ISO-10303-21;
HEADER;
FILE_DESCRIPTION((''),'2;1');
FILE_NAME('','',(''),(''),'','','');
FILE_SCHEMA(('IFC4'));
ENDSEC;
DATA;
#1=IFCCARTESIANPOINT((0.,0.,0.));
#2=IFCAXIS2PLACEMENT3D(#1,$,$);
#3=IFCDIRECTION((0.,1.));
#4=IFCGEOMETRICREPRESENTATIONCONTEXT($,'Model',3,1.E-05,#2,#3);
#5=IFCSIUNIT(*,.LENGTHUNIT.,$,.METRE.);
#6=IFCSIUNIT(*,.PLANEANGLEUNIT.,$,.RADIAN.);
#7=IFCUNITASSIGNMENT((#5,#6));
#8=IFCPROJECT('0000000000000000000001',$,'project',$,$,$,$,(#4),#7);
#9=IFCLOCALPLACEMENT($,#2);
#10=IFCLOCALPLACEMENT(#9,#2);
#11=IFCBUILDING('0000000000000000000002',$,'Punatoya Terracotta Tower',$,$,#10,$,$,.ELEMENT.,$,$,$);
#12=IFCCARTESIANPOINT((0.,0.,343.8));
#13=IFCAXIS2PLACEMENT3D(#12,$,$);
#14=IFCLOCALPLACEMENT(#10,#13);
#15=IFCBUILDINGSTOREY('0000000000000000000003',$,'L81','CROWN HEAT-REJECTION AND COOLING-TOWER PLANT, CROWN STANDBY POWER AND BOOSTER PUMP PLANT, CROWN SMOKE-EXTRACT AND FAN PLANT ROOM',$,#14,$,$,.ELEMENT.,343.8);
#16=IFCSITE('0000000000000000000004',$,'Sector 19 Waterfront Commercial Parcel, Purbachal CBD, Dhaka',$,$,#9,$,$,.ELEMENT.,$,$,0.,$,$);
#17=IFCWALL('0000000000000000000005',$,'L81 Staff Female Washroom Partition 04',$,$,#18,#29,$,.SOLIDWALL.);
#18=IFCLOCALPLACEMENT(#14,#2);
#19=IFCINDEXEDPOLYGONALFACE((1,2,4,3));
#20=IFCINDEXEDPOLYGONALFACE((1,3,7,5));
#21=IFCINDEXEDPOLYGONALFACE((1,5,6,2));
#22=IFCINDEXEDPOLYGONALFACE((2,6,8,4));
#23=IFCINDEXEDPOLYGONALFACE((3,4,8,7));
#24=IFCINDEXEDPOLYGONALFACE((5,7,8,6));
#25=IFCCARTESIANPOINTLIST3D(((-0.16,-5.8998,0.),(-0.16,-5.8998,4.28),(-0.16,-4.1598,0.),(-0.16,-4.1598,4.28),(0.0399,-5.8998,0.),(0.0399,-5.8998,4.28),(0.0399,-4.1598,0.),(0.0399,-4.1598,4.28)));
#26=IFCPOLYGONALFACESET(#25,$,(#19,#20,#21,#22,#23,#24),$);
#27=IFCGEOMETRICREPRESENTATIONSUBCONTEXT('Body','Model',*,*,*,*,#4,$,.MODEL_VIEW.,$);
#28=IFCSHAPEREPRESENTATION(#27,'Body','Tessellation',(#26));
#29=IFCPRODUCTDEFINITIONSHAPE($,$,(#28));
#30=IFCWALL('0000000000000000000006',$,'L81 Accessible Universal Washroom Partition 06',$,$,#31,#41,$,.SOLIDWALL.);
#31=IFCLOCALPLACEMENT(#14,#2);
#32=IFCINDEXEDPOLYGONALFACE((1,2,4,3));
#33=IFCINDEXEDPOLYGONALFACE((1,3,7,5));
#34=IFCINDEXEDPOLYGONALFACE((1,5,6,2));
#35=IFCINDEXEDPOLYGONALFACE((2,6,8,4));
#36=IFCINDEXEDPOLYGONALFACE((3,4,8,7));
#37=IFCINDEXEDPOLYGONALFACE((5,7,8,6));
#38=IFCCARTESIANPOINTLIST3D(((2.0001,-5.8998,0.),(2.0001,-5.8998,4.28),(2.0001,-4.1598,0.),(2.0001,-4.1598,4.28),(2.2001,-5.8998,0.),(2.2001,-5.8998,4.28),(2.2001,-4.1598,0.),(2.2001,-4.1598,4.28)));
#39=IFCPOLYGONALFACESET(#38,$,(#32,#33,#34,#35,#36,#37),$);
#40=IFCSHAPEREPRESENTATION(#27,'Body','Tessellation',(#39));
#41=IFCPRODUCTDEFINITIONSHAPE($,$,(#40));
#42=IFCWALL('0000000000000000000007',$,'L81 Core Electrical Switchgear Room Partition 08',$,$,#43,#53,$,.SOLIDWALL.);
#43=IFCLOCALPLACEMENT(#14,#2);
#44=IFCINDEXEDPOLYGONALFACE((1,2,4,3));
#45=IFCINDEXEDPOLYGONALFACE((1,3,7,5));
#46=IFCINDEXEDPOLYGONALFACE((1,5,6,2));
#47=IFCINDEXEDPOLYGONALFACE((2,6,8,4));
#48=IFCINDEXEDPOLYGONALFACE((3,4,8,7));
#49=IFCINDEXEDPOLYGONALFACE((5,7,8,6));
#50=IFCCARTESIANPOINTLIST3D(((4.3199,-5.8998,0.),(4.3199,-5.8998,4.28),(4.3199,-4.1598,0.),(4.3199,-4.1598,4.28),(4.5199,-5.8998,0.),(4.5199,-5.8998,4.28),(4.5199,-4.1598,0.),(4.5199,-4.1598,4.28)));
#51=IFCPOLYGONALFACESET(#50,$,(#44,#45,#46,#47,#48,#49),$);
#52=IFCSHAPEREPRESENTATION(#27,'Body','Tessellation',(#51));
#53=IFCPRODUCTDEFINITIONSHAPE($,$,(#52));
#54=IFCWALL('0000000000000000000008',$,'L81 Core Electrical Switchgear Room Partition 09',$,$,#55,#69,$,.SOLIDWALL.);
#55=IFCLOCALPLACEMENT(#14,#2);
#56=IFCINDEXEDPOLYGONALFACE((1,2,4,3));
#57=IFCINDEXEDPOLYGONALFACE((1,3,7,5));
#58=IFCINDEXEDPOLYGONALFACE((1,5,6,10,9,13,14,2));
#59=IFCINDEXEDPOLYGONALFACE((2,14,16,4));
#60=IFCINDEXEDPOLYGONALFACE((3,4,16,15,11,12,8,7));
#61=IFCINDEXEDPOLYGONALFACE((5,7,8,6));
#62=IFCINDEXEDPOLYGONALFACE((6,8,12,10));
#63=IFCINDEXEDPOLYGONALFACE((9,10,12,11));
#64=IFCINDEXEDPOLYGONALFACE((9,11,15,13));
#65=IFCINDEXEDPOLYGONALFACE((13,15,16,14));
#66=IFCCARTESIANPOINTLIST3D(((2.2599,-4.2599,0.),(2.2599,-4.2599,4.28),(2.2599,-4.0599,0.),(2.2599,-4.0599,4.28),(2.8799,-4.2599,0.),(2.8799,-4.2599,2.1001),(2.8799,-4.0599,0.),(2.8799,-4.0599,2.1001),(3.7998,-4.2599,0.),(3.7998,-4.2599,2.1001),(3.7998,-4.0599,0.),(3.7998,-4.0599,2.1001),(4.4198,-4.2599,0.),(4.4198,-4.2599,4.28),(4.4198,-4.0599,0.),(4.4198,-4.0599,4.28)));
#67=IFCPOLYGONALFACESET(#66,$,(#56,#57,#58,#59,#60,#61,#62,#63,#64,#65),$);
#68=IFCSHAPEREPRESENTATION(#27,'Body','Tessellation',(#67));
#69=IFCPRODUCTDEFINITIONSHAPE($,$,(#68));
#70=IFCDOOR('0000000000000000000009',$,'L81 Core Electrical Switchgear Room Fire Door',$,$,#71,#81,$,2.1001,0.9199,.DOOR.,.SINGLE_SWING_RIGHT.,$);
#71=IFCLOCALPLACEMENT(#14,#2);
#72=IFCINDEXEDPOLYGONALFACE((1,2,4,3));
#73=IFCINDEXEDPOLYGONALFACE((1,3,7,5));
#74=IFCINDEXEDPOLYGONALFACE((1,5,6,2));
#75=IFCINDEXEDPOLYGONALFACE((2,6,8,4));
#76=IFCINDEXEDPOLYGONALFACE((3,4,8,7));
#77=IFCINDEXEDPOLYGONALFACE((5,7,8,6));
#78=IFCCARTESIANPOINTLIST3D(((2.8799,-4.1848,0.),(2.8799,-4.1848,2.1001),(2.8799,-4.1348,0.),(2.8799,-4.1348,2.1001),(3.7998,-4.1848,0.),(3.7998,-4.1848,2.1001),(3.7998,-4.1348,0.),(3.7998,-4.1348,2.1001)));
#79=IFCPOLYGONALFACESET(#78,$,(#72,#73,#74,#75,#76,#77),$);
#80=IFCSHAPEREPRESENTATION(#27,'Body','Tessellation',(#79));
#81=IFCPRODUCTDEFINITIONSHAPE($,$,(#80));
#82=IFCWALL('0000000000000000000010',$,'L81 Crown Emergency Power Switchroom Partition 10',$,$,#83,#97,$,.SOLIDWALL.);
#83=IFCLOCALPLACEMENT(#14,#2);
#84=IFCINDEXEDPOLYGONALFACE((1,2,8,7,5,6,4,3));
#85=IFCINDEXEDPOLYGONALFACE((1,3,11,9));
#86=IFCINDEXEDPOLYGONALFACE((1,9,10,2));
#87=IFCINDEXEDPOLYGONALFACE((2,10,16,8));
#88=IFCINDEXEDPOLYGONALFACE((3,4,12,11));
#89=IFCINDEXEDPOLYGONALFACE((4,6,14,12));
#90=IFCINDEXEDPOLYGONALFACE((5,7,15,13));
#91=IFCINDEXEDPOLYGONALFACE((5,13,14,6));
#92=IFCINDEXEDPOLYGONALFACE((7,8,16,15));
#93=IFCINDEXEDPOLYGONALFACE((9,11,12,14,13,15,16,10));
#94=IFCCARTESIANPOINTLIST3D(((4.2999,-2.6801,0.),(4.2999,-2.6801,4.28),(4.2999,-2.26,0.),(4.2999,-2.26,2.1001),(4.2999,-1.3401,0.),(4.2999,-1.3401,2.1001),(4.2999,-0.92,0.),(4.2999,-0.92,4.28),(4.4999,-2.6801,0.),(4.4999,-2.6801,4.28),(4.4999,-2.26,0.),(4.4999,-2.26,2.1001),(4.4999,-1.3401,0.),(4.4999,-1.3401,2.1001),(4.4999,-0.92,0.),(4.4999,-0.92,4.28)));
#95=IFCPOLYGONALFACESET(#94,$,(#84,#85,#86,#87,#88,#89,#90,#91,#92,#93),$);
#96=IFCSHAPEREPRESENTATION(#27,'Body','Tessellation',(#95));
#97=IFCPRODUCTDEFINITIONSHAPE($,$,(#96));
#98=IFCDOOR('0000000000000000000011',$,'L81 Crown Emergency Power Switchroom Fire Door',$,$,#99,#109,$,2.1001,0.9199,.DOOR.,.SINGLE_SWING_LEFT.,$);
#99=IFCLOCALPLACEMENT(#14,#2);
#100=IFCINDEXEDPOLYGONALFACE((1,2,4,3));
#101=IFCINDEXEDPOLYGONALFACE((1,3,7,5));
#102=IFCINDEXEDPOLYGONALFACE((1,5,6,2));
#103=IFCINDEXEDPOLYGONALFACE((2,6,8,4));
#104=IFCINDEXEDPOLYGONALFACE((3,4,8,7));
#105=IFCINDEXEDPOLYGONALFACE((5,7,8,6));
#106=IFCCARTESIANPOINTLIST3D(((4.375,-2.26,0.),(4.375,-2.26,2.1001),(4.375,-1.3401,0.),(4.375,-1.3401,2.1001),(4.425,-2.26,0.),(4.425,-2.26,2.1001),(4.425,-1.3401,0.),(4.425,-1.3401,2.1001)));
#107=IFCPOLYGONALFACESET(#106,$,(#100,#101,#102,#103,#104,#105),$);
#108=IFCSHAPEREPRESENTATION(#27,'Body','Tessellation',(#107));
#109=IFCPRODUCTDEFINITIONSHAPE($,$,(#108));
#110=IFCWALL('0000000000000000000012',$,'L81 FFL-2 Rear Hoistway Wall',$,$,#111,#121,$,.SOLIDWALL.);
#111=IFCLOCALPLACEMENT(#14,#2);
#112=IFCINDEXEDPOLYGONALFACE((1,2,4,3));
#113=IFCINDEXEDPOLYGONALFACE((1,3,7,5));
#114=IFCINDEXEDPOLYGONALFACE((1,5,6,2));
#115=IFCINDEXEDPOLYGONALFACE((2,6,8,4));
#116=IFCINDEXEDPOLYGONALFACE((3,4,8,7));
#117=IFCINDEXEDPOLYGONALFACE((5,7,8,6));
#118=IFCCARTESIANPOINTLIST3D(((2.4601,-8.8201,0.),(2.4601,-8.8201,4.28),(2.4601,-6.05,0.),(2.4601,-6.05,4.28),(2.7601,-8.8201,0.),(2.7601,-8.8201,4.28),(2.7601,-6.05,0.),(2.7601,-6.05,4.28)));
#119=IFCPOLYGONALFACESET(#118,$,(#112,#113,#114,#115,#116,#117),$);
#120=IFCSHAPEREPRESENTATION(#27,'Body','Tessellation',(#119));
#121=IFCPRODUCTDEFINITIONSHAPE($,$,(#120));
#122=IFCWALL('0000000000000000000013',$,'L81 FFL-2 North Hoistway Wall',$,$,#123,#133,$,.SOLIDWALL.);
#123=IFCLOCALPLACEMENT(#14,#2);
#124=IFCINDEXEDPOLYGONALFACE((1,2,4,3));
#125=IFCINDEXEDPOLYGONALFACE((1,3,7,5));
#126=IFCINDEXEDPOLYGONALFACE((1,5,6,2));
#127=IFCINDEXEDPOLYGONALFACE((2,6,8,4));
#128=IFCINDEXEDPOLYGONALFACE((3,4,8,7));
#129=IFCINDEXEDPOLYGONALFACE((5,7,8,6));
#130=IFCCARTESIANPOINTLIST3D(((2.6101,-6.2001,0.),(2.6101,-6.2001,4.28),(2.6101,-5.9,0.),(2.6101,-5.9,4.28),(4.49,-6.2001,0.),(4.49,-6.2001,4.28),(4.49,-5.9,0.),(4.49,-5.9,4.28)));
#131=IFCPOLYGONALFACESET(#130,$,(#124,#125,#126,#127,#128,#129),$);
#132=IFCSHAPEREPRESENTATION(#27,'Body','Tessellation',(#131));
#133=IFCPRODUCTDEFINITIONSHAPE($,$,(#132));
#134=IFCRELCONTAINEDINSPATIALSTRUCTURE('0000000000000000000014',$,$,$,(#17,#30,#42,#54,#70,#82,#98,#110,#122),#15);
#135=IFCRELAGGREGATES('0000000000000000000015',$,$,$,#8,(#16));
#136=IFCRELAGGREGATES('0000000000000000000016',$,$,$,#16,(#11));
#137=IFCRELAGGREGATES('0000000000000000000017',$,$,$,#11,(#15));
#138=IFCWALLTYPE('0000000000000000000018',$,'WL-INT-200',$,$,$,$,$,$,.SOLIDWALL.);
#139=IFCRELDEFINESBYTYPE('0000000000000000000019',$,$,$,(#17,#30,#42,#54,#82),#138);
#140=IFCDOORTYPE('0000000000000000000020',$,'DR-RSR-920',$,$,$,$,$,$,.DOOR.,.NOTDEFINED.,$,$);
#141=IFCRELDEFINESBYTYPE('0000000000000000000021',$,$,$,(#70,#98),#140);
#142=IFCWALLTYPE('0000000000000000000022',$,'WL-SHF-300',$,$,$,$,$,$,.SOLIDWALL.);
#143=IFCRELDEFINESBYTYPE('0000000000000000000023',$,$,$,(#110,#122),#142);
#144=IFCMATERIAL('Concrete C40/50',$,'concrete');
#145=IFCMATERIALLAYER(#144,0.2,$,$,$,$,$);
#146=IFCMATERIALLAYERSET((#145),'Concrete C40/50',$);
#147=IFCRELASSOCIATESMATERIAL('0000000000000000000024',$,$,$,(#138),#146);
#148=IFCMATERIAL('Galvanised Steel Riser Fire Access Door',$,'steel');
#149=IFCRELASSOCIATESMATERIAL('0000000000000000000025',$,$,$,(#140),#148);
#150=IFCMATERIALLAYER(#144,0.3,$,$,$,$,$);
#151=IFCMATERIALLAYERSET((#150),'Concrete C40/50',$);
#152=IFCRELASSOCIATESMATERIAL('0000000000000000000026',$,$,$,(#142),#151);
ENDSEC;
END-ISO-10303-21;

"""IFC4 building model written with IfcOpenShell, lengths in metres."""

from ifc_helpers import new_model, si_unit, direction, frame, frame_2d, origin, place, context, subcontext, project, spatial, rectangle, extrude, material, layer, layer_set, type_object, element, fill, save


model = new_model("IFC4")

# Units and contexts
model_context = context("Model", 3, precision=1e-05, world=origin(), true_north=direction((0.0, 1.0)))
body_context = subcontext(model_context, "Body", "Model", "MODEL_VIEW")
ifc_project = project(units=[si_unit("LENGTHUNIT", "METRE"), si_unit("PLANEANGLEUNIT", "RADIAN")], contexts=[model_context])

# Site, building, storey
site_placement = place(None, origin())
site = spatial("IfcSite", under=ifc_project, at=site_placement, Name="Sector 19 Waterfront Commercial Parcel, Purbachal CBD, Dhaka", CompositionType="ELEMENT", RefElevation=0.0)
building_placement = place(site_placement, origin())
building = spatial("IfcBuilding", under=site, at=building_placement, Name="Punatoya Terracotta Tower", CompositionType="ELEMENT")
storey_placement = place(building_placement, frame((0.0, 0.0, 343.8)))
storey = spatial("IfcBuildingStorey", under=building, at=storey_placement, Name="L81", Description="CROWN HEAT-REJECTION AND COOLING-TOWER PLANT, CROWN STANDBY POWER AND BOOSTER PUMP PLANT, CROWN SMOKE-EXTRACT AND FAN PLANT ROOM", CompositionType="ELEMENT", Elevation=343.8)

# Shared definitions
ifc_material_1 = material(Name="Concrete C40/50", Category="concrete")
ifc_layer_1 = layer(ifc_material_1, 0.2)
ifc_layer_set_1 = layer_set([ifc_layer_1], Name="Concrete C40/50")
wall_type_1 = type_object("IfcWallType", Name="WL-INT-200", PredefinedType="SOLIDWALL", material=ifc_layer_set_1)

# Wall
wall_1_placement = place(storey_placement, frame((-0.0601, -5.8999, 0.0), z_axis=(0.0, 0.0, 1.0), x_axis=(0.0, 1.0, 0.0)))
element("IfcWall", 1, at=wall_1_placement, inside=storey, type_object=wall_type_1, Name="L81 Staff Female Washroom Partition 04", PredefinedType="SOLIDWALL", context=body_context, shape_type="SweptSolid", body=[
    extrude(rectangle(XDim=1.74, YDim=0.2, at=frame_2d((0.8701, 0.0))), origin(), (0.0, 0.0, 1.0), 4.28),
])

# Wall
wall_2_placement = place(storey_placement, frame((2.1001, -5.8999, 0.0), z_axis=(0.0, 0.0, 1.0), x_axis=(0.0, 1.0, 0.0)))
element("IfcWall", 2, at=wall_2_placement, inside=storey, type_object=wall_type_1, Name="L81 Accessible Universal Washroom Partition 06", PredefinedType="SOLIDWALL", context=body_context, shape_type="SweptSolid", body=[
    extrude(rectangle(XDim=1.74, YDim=0.2, at=frame_2d((0.8701, 0.0))), origin(), (0.0, 0.0, 1.0), 4.28),
])

# Wall
wall_3_placement = place(storey_placement, frame((4.4199, -5.8999, 0.0), z_axis=(0.0, 0.0, 1.0), x_axis=(0.0, 1.0, 0.0)))
element("IfcWall", 3, at=wall_3_placement, inside=storey, type_object=wall_type_1, Name="L81 Core Electrical Switchgear Room Partition 08", PredefinedType="SOLIDWALL", context=body_context, shape_type="SweptSolid", body=[
    extrude(rectangle(XDim=1.74, YDim=0.2, at=frame_2d((0.8701, 0.0))), origin(), (0.0, 0.0, 1.0), 4.28),
])

# Walls, openings, doors
wall_4_placement = place(storey_placement, frame((4.4199, -4.1599, 0.0), z_axis=(0.0, 0.0, 1.0), x_axis=(-1.0, 0.0, 0.0)))
wall_4 = element("IfcWall", 4, at=wall_4_placement, inside=storey, type_object=wall_type_1, Name="L81 Core Electrical Switchgear Room Partition 09", PredefinedType="SOLIDWALL", context=body_context, shape_type="SweptSolid", body=[
    extrude(rectangle(XDim=2.1599, YDim=0.2, at=frame_2d((1.0801, 0.0))), origin(), (0.0, 0.0, 1.0), 4.28),
])
opening_1_placement = place(wall_4_placement, frame((0.6201, 0.0, 0.0)))
opening_1 = element("IfcOpeningElement", 5, at=opening_1_placement, cuts=wall_4, PredefinedType="OPENING", context=body_context, shape_type="SweptSolid", body=[
    extrude(rectangle(XDim=0.9199, YDim=2.1001, at=frame_2d((0.46, 1.05))), frame((0.0, 0.1099, 0.0), z_axis=(0.0, -1.0, 0.0), x_axis=(1.0, 0.0, 0.0)), (0.0, 0.0, 1.0), 0.22),
])
ifc_material_2 = material(Name="Galvanised Steel Riser Fire Access Door", Category="steel")
door_type_1 = type_object("IfcDoorType", Name="DR-RSR-920", OperationType="NOTDEFINED", PredefinedType="DOOR", material=ifc_material_2)
door_1_placement = place(opening_1_placement, origin())
door_1 = element("IfcDoor", 6, at=door_1_placement, inside=storey, type_object=door_type_1, Name="L81 Core Electrical Switchgear Room Fire Door", OperationType="SINGLE_SWING_RIGHT", OverallHeight=2.1001, OverallWidth=0.9199, PredefinedType="DOOR", context=body_context, shape_type="SweptSolid", body=[
    extrude(rectangle(XDim=0.9199, YDim=2.1001, at=frame_2d((0.46, 1.05))), frame((0.0, 0.0249, 0.0), z_axis=(0.0, -1.0, 0.0), x_axis=(1.0, 0.0, 0.0)), (0.0, 0.0, 1.0), 0.05),
])
fill(opening_1, door_1)
wall_5_placement = place(storey_placement, frame((4.3999, -2.6799, 0.0), z_axis=(0.0, 0.0, 1.0), x_axis=(0.0, 1.0, 0.0)))
wall_5 = element("IfcWall", 7, at=wall_5_placement, inside=storey, type_object=wall_type_1, Name="L81 Crown Emergency Power Switchroom Partition 10", PredefinedType="SOLIDWALL", context=body_context, shape_type="SweptSolid", body=[
    extrude(rectangle(XDim=1.76, YDim=0.2, at=frame_2d((0.8799, 0.0))), origin(), (0.0, 0.0, 1.0), 4.28),
])
opening_2_placement = place(wall_5_placement, frame((0.4199, 0.0, 0.0)))
opening_2 = element("IfcOpeningElement", 8, at=opening_2_placement, cuts=wall_5, PredefinedType="OPENING", context=body_context, shape_type="SweptSolid", body=[
    extrude(rectangle(XDim=0.9199, YDim=2.1001, at=frame_2d((0.46, 1.05))), frame((0.0, 0.1099, 0.0), z_axis=(0.0, -1.0, 0.0), x_axis=(1.0, 0.0, 0.0)), (0.0, 0.0, 1.0), 0.22),
])
door_2_placement = place(opening_2_placement, origin())
door_2 = element("IfcDoor", 9, at=door_2_placement, inside=storey, type_object=door_type_1, Name="L81 Crown Emergency Power Switchroom Fire Door", OperationType="SINGLE_SWING_LEFT", OverallHeight=2.1001, OverallWidth=0.9199, PredefinedType="DOOR", context=body_context, shape_type="SweptSolid", body=[
    extrude(rectangle(XDim=0.9199, YDim=2.1001, at=frame_2d((0.46, 1.05))), frame((0.0, 0.0249, 0.0), z_axis=(0.0, -1.0, 0.0), x_axis=(1.0, 0.0, 0.0)), (0.0, 0.0, 1.0), 0.05),
])
fill(opening_2, door_2)

# Walls
ifc_layer_2 = layer(ifc_material_1, 0.3)
ifc_layer_set_2 = layer_set([ifc_layer_2], Name="Concrete C40/50")
wall_type_2 = type_object("IfcWallType", Name="WL-SHF-300", PredefinedType="SOLIDWALL", material=ifc_layer_set_2)
wall_6_placement = place(storey_placement, frame((2.6101, -8.8201, 0.0), z_axis=(0.0, 0.0, 1.0), x_axis=(0.0, 1.0, 0.0)))
element("IfcWall", 10, at=wall_6_placement, inside=storey, type_object=wall_type_2, Name="L81 FFL-2 Rear Hoistway Wall", PredefinedType="SOLIDWALL", context=body_context, shape_type="SweptSolid", body=[
    extrude(rectangle(XDim=2.77, YDim=0.3, at=frame_2d((1.385, 0.0))), origin(), (0.0, 0.0, 1.0), 4.28),
])
wall_7_placement = place(storey_placement, frame((2.6101, -6.05, 0.0), z_axis=(0.0, 0.0, 1.0), x_axis=(1.0, 0.0, 0.0)))
element("IfcWall", 11, at=wall_7_placement, inside=storey, type_object=wall_type_2, Name="L81 FFL-2 North Hoistway Wall", PredefinedType="SOLIDWALL", context=body_context, shape_type="SweptSolid", body=[
    extrude(rectangle(XDim=1.8799, YDim=0.3, at=frame_2d((0.9399, 0.0))), origin(), (0.0, 0.0, 1.0), 4.28),
])

save(model, "model.ifc")
